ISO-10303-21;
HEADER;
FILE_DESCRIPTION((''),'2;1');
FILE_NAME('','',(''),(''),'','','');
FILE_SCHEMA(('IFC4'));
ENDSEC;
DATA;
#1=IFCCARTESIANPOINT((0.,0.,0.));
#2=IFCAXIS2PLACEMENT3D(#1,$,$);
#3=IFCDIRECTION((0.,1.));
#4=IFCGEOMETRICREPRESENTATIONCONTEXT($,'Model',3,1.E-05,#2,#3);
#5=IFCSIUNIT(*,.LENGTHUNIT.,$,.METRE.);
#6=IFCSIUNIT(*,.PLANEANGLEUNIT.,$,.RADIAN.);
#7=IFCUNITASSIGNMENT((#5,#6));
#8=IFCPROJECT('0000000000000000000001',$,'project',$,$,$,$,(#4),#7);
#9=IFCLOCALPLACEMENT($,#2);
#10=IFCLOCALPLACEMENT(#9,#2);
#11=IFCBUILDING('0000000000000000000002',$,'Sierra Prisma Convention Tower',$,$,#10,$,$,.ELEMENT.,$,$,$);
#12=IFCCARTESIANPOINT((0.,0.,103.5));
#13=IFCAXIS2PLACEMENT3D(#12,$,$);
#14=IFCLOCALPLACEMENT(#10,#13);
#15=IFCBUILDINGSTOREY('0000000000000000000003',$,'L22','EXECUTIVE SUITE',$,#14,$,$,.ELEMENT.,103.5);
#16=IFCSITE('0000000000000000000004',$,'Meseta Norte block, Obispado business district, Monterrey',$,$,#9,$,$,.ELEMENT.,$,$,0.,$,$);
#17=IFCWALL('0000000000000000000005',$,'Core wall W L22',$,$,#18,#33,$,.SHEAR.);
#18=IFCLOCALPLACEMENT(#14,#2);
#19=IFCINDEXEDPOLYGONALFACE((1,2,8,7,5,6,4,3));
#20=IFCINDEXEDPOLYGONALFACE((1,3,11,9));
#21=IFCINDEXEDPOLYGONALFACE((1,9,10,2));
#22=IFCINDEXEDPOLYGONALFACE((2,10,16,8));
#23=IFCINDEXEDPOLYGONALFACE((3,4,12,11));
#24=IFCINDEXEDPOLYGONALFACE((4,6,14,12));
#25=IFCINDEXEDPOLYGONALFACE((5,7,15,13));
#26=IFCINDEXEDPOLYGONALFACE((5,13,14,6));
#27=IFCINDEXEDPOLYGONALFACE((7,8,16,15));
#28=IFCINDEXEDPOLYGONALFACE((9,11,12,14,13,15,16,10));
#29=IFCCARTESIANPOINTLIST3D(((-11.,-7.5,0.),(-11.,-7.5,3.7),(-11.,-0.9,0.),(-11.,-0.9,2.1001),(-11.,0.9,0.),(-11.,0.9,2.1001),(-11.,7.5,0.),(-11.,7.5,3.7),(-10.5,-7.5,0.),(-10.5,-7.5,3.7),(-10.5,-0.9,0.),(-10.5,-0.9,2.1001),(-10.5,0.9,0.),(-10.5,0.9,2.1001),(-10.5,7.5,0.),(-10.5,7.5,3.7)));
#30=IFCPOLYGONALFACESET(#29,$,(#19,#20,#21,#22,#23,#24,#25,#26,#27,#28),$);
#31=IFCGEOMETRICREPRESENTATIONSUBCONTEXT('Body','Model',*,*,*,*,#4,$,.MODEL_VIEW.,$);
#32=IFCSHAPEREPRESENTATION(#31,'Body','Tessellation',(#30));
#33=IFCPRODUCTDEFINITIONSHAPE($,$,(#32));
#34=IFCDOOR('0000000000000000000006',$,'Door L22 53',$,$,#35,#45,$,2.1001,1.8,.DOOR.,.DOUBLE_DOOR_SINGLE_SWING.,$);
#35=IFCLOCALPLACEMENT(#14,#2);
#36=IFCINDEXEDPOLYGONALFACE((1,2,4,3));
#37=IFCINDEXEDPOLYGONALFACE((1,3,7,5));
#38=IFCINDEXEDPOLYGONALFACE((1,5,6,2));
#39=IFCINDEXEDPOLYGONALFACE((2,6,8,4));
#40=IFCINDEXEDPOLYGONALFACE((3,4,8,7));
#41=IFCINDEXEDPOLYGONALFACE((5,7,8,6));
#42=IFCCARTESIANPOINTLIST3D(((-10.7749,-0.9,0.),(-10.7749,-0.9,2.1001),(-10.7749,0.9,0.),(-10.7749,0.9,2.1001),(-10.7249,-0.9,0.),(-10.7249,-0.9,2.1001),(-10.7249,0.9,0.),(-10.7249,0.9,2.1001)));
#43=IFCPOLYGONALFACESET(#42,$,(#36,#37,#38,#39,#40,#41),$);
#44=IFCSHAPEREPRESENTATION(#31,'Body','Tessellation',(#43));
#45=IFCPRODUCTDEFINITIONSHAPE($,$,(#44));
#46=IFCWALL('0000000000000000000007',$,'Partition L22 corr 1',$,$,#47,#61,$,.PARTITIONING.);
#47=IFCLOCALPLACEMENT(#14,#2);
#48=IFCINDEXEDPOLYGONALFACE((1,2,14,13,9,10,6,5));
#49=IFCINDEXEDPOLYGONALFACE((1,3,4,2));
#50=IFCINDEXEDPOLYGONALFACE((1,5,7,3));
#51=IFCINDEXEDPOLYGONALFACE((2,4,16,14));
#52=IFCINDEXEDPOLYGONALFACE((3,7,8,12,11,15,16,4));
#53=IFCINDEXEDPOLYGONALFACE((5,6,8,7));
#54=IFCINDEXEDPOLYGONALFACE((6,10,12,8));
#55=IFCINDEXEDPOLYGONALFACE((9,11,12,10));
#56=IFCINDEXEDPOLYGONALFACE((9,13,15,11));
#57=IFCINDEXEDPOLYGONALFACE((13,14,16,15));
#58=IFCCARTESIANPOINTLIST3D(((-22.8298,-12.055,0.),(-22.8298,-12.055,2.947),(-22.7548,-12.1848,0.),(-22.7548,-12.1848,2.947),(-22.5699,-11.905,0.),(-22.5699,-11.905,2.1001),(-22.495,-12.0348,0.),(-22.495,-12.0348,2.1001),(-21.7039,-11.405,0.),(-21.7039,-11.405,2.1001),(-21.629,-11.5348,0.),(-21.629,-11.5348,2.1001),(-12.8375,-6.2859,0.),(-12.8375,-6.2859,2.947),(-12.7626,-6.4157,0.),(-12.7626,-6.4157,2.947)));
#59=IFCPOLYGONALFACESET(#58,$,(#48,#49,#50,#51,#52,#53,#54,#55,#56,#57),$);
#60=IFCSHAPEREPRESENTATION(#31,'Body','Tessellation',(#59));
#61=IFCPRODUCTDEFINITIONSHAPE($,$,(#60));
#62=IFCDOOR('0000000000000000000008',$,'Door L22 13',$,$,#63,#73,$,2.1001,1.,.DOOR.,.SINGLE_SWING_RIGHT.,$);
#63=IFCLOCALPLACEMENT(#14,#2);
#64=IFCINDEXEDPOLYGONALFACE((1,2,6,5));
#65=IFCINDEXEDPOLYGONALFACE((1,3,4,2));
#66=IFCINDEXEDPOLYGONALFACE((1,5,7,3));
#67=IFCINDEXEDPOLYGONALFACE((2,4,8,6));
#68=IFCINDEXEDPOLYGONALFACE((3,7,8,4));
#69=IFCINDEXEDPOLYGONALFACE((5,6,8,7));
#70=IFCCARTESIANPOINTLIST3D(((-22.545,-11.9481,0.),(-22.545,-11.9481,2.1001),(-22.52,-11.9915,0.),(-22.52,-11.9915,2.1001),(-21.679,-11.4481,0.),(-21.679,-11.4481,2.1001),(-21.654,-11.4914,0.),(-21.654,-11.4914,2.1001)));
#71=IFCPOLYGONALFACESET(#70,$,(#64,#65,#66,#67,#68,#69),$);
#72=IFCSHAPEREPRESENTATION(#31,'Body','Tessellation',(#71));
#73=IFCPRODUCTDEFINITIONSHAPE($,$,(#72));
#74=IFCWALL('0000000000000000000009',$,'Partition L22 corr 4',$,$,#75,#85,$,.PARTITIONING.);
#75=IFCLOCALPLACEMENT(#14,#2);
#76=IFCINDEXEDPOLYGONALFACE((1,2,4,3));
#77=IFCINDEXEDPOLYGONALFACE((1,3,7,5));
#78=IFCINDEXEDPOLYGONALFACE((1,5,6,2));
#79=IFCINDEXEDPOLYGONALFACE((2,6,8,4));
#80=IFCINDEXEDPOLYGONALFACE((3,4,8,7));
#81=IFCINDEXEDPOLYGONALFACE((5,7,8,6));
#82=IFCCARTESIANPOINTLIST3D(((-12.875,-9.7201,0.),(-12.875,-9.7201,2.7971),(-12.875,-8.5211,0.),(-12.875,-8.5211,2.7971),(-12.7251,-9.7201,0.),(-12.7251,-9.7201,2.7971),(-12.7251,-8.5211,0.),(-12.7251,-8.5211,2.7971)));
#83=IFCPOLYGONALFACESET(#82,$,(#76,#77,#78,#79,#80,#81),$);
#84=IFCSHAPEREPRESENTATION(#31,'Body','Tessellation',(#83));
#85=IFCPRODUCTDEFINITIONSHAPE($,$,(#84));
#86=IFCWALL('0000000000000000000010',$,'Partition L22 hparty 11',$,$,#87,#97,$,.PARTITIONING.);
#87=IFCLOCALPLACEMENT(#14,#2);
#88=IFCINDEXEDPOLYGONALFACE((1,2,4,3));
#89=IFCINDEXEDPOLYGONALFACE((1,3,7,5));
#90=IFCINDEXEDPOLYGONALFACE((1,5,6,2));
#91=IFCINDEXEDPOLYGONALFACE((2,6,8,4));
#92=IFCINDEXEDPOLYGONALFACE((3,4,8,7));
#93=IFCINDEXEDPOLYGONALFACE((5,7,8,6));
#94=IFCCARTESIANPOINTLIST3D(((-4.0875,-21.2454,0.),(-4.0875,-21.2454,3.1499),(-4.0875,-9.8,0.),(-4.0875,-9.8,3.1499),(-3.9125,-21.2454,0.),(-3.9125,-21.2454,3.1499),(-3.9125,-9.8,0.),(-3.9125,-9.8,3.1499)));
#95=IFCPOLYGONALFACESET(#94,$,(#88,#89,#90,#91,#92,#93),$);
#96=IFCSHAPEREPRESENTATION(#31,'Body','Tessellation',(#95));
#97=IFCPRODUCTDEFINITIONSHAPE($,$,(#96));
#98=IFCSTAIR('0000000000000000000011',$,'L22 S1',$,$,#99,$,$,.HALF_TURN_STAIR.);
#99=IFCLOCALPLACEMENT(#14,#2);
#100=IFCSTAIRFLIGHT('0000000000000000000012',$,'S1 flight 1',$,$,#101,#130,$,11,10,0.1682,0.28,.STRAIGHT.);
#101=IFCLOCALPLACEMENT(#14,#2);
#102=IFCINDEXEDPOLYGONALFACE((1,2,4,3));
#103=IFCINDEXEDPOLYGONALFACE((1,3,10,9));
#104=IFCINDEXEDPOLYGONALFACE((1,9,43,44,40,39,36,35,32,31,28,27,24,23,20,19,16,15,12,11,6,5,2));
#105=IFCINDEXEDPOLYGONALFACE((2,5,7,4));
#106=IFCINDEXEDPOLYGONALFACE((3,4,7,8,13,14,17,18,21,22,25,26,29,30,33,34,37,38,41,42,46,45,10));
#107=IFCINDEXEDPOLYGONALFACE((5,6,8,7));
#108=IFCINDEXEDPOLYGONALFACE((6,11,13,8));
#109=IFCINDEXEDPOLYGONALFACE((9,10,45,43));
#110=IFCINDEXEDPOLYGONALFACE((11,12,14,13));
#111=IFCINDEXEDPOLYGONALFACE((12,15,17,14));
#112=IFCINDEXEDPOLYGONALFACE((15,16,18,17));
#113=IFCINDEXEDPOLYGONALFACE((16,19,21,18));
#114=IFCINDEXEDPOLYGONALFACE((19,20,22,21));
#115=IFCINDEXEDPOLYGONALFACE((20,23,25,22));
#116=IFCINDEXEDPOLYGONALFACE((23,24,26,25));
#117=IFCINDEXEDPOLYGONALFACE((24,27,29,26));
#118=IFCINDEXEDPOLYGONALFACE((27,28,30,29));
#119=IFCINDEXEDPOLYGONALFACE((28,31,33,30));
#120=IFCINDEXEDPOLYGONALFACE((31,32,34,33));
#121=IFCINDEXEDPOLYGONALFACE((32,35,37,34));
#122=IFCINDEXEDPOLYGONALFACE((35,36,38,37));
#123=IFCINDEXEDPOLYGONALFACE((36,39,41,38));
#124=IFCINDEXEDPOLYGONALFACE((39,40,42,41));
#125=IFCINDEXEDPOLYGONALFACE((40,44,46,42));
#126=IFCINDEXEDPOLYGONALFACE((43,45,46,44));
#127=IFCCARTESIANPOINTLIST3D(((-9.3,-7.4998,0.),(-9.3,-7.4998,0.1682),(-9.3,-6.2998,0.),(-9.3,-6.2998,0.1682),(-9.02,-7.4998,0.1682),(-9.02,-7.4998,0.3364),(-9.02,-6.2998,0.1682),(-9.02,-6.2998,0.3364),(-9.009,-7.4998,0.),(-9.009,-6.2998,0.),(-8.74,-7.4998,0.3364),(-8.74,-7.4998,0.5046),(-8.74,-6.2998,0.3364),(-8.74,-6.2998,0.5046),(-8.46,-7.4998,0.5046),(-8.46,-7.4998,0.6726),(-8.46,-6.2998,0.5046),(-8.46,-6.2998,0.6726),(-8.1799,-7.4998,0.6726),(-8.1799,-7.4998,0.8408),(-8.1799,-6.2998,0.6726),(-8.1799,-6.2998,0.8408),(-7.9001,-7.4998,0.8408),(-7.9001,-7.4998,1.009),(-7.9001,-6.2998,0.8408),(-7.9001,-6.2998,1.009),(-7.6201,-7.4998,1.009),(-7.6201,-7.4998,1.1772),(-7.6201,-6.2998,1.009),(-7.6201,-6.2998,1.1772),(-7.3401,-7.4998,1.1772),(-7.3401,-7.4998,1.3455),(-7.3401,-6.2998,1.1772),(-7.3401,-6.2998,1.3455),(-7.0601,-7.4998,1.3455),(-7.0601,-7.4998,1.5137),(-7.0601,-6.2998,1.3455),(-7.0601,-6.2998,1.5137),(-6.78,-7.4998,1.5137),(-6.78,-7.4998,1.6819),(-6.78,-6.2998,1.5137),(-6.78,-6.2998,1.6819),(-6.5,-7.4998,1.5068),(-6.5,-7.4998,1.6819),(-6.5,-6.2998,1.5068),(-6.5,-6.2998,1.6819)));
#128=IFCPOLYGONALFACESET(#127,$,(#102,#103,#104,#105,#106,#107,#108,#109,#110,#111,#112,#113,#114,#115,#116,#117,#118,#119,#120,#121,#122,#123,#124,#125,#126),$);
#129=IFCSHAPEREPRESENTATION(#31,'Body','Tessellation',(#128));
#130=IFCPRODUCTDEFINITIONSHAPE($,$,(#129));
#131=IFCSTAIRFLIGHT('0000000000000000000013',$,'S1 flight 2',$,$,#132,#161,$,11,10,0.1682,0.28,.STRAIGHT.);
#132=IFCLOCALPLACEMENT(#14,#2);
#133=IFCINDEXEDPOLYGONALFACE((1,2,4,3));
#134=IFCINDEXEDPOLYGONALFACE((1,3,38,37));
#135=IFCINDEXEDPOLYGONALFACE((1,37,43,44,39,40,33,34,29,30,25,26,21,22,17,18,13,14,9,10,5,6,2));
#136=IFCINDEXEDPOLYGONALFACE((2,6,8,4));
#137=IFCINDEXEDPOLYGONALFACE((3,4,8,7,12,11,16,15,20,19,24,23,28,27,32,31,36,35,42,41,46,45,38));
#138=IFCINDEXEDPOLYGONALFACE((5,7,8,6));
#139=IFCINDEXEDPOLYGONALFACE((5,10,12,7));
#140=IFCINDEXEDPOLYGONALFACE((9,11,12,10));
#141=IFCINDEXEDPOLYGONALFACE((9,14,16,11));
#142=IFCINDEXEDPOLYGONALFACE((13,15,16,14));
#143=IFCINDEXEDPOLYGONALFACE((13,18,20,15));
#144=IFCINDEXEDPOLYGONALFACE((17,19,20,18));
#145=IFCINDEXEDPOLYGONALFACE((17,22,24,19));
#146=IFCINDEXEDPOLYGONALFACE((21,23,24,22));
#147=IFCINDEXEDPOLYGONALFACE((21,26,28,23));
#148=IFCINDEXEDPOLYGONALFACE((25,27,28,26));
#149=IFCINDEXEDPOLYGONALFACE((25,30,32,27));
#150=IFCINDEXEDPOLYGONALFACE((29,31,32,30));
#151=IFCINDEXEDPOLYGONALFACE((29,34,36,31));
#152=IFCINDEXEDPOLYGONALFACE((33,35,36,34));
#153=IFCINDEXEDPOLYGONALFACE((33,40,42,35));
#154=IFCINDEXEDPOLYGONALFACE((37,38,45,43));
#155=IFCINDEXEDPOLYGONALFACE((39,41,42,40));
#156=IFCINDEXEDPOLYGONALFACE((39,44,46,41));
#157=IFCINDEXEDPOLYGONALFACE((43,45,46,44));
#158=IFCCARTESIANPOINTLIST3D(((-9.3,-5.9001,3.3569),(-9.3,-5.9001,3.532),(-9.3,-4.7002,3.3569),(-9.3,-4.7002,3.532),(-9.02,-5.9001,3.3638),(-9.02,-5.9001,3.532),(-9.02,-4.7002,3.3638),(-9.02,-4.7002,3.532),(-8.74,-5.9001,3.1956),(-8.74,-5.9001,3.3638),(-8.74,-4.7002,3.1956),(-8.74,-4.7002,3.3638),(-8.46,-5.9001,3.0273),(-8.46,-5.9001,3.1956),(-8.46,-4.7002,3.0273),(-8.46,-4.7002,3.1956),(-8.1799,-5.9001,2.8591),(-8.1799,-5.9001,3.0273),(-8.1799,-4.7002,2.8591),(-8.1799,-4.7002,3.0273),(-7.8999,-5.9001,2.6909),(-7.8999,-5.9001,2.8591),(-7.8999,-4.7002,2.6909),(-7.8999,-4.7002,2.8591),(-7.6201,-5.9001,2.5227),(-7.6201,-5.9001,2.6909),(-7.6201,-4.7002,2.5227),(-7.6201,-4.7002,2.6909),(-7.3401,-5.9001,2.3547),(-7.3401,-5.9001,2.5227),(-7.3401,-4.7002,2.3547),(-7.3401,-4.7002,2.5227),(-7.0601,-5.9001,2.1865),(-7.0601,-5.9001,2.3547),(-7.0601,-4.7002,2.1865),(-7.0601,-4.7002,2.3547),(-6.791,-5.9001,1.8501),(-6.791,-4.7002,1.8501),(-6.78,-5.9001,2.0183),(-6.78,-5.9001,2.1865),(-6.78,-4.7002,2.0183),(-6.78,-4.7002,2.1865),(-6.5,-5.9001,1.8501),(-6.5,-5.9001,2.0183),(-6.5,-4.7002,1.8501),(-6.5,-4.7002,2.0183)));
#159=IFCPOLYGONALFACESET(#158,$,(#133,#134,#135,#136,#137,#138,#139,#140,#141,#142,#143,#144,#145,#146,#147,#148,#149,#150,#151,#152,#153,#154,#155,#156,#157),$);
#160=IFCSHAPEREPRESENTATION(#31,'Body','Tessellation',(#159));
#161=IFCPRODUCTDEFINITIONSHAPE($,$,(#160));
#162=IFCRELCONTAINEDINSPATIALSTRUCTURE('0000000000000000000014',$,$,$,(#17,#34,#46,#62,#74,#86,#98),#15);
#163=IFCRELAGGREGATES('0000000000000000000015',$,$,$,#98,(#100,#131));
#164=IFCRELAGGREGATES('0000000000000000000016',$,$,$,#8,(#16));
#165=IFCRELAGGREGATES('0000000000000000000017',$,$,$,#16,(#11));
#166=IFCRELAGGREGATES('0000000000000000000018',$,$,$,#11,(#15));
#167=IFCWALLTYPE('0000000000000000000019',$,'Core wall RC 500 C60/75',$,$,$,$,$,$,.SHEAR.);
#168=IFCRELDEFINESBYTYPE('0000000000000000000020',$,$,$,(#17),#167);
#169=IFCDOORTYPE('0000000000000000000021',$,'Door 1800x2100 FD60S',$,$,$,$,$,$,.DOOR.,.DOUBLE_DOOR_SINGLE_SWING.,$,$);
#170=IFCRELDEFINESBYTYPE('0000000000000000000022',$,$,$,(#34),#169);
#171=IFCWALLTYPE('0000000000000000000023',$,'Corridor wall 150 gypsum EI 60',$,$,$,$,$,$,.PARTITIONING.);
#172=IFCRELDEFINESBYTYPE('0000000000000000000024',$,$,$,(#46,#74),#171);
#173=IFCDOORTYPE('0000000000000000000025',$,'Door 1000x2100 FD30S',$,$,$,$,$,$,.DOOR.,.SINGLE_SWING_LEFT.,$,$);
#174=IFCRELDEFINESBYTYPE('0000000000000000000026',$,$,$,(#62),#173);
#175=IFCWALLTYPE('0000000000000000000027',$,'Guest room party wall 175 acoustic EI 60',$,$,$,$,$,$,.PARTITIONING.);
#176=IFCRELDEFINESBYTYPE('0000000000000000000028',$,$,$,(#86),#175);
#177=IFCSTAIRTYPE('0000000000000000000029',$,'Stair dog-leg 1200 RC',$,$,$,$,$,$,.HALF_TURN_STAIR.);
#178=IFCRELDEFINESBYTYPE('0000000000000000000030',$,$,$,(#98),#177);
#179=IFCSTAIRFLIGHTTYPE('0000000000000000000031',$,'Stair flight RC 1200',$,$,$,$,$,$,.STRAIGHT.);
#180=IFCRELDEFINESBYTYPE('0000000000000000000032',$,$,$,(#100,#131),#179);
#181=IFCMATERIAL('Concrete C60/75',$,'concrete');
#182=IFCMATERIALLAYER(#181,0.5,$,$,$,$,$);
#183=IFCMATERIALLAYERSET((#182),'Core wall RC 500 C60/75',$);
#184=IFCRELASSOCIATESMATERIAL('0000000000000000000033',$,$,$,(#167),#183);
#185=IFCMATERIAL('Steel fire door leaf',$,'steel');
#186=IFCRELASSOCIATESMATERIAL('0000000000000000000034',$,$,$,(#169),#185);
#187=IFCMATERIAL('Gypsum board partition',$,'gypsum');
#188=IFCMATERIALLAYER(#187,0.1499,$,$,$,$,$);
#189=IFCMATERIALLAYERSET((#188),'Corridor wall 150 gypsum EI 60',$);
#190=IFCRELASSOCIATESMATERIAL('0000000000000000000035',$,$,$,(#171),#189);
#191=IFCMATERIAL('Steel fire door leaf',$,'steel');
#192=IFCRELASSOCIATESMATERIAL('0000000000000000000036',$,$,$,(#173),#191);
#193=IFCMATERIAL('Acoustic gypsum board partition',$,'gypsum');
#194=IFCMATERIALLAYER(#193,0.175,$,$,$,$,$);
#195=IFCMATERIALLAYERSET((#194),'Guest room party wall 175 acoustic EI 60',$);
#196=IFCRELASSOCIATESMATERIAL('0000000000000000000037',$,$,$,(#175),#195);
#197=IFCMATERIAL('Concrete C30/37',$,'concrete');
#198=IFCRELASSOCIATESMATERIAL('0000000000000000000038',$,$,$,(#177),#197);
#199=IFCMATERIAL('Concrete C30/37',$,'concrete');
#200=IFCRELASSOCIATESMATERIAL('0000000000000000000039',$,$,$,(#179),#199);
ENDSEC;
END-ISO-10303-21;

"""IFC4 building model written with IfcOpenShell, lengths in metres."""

from ifc_helpers import new_model, si_unit, direction, frame, frame_2d, origin, place, context, subcontext, project, spatial, polyline, rectangle, outline, extrude, material, layer, layer_set, type_object, element, fill, aggregate, save


model = new_model("IFC4")

# Units and contexts
model_context = context("Model", 3, precision=1e-05, world=origin(), true_north=direction((0.0, 1.0)))
body_context = subcontext(model_context, "Body", "Model", "MODEL_VIEW")
ifc_project = project(units=[si_unit("LENGTHUNIT", "METRE"), si_unit("PLANEANGLEUNIT", "RADIAN")], contexts=[model_context])

# Site, building, storey
site_placement = place(None, origin())
site = spatial("IfcSite", under=ifc_project, at=site_placement, Name="Meseta Norte block, Obispado business district, Monterrey", CompositionType="ELEMENT", RefElevation=0.0)
building_placement = place(site_placement, origin())
building = spatial("IfcBuilding", under=site, at=building_placement, Name="Sierra Prisma Convention Tower", CompositionType="ELEMENT")
storey_placement = place(building_placement, frame((0.0, 0.0, 103.5)))
storey = spatial("IfcBuildingStorey", under=building, at=storey_placement, Name="L22", Description="EXECUTIVE SUITE", CompositionType="ELEMENT", Elevation=103.5)

# Walls, openings, doors
ifc_material_1 = material(Name="Concrete C60/75", Category="concrete")
ifc_layer_1 = layer(ifc_material_1, 0.5)
ifc_layer_set_1 = layer_set([ifc_layer_1], Name="Core wall RC 500 C60/75")
wall_type_1 = type_object("IfcWallType", Name="Core wall RC 500 C60/75", PredefinedType="SHEAR", material=ifc_layer_set_1)
wall_1_placement = place(storey_placement, frame((-10.75, -7.5, 0.0), z_axis=(0.0, 0.0, 1.0), x_axis=(0.0, 1.0, 0.0)))
wall_1 = element("IfcWall", 1, at=wall_1_placement, inside=storey, type_object=wall_type_1, Name="Core wall W L22", PredefinedType="SHEAR", context=body_context, shape_type="SweptSolid", body=[
    extrude(rectangle(XDim=15.0, YDim=0.5, at=frame_2d((7.5, 0.0))), origin(), (0.0, 0.0, 1.0), 3.7),
])
opening_1_placement = place(wall_1_placement, frame((6.6001, 0.0, 0.0)))
opening_1 = element("IfcOpeningElement", 2, at=opening_1_placement, cuts=wall_1, PredefinedType="OPENING", context=body_context, shape_type="SweptSolid", body=[
    extrude(rectangle(XDim=1.8, YDim=2.1001, at=frame_2d((0.8999, 1.05))), frame((0.0, 0.25, 0.0), z_axis=(0.0, -1.0, 0.0), x_axis=(1.0, 0.0, 0.0)), (0.0, 0.0, 1.0), 0.5),
])
ifc_material_2 = material(Name="Steel fire door leaf", Category="steel")
door_type_1 = type_object("IfcDoorType", Name="Door 1800x2100 FD60S", OperationType="DOUBLE_DOOR_SINGLE_SWING", PredefinedType="DOOR", material=ifc_material_2)
door_1_placement = place(opening_1_placement, origin())
door_1 = element("IfcDoor", 3, at=door_1_placement, inside=storey, type_object=door_type_1, Name="Door L22 53", OperationType="DOUBLE_DOOR_SINGLE_SWING", OverallHeight=2.1001, OverallWidth=1.8, PredefinedType="DOOR", context=body_context, shape_type="SweptSolid", body=[
    extrude(rectangle(XDim=1.8, YDim=2.1001, at=frame_2d((0.8999, 1.05))), frame((0.0, 0.0249, 0.0), z_axis=(0.0, -1.0, 0.0), x_axis=(1.0, 0.0, 0.0)), (0.0, 0.0, 1.0), 0.05),
])
fill(opening_1, door_1)
ifc_material_3 = material(Name="Gypsum board partition", Category="gypsum")
ifc_layer_2 = layer(ifc_material_3, 0.1499)
ifc_layer_set_2 = layer_set([ifc_layer_2], Name="Corridor wall 150 gypsum EI 60")
wall_type_2 = type_object("IfcWallType", Name="Corridor wall 150 gypsum EI 60", PredefinedType="PARTITIONING", material=ifc_layer_set_2)
wall_2_placement = place(storey_placement, frame((-12.8, -6.3508, 0.0), z_axis=(0.0, 0.0, 1.0), x_axis=(-0.866023, -0.500003, 0.0)))
wall_2 = element("IfcWall", 4, at=wall_2_placement, inside=storey, type_object=wall_type_2, Name="Partition L22 corr 1", PredefinedType="PARTITIONING", context=body_context, shape_type="SweptSolid", body=[
    extrude(rectangle(XDim=11.5381, YDim=0.1499, at=frame_2d((5.769, 0.0))), origin(), (0.0, 0.0, 1.0), 2.947),
])
opening_2_placement = place(wall_2_placement, frame((10.238, 0.0, 0.0)))
opening_2 = element("IfcOpeningElement", 5, at=opening_2_placement, cuts=wall_2, PredefinedType="OPENING", context=body_context, shape_type="SweptSolid", body=[
    extrude(rectangle(XDim=1.0, YDim=2.1001, at=frame_2d((0.5, 1.05))), frame((0.0, 0.075, 0.0), z_axis=(0.0, -1.0, 0.0), x_axis=(1.0, 0.0, 0.0)), (0.0, 0.0, 1.0), 0.1499),
])
ifc_material_4 = material(Name="Steel fire door leaf", Category="steel")
door_type_2 = type_object("IfcDoorType", Name="Door 1000x2100 FD30S", OperationType="SINGLE_SWING_LEFT", PredefinedType="DOOR", material=ifc_material_4)
door_2_placement = place(opening_2_placement, origin())
door_2 = element("IfcDoor", 6, at=door_2_placement, inside=storey, type_object=door_type_2, Name="Door L22 13", OperationType="SINGLE_SWING_RIGHT", OverallHeight=2.1001, OverallWidth=1.0, PredefinedType="DOOR", context=body_context, shape_type="SweptSolid", body=[
    extrude(rectangle(XDim=1.0, YDim=2.1001, at=frame_2d((0.5, 1.05))), frame((0.0, 0.0249, 0.0), z_axis=(0.0, -1.0, 0.0), x_axis=(1.0, 0.0, 0.0)), (0.0, 0.0, 1.0), 0.05),
])
fill(opening_2, door_2)

# Walls
wall_3_placement = place(storey_placement, frame((-12.8, -8.521, 0.0), z_axis=(0.0, 0.0, 1.0), x_axis=(0.0, -1.0, 0.0)))
element("IfcWall", 7, at=wall_3_placement, inside=storey, type_object=wall_type_2, Name="Partition L22 corr 4", PredefinedType="PARTITIONING", context=body_context, shape_type="SweptSolid", body=[
    extrude(rectangle(XDim=1.199, YDim=0.1499, at=frame_2d((0.5996, 0.0))), origin(), (0.0, 0.0, 1.0), 2.7971),
])
ifc_material_5 = material(Name="Acoustic gypsum board partition", Category="gypsum")
ifc_layer_3 = layer(ifc_material_5, 0.175)
ifc_layer_set_3 = layer_set([ifc_layer_3], Name="Guest room party wall 175 acoustic EI 60")
wall_type_3 = type_object("IfcWallType", Name="Guest room party wall 175 acoustic EI 60", PredefinedType="PARTITIONING", material=ifc_layer_set_3)
wall_4_placement = place(storey_placement, frame((-4.0, -9.8, 0.0), z_axis=(0.0, 0.0, 1.0), x_axis=(0.0, -1.0, 0.0)))
element("IfcWall", 8, at=wall_4_placement, inside=storey, type_object=wall_type_3, Name="Partition L22 hparty 11", PredefinedType="PARTITIONING", context=body_context, shape_type="SweptSolid", body=[
    extrude(rectangle(XDim=11.4453, YDim=0.175, at=frame_2d((5.7227, 0.0))), origin(), (0.0, 0.0, 1.0), 3.1499),
])

# Stair, stair flights
ifc_material_6 = material(Name="Concrete C30/37", Category="concrete")
stair_type = type_object("IfcStairType", Name="Stair dog-leg 1200 RC", PredefinedType="HALF_TURN_STAIR", material=ifc_material_6)
stair_placement = place(storey_placement, origin())
stair = element("IfcStair", 9, at=stair_placement, inside=storey, type_object=stair_type, Name="L22 S1", PredefinedType="HALF_TURN_STAIR")
ifc_material_7 = material(Name="Concrete C30/37", Category="concrete")
stair_flight_type = type_object("IfcStairFlightType", Name="Stair flight RC 1200", PredefinedType="STRAIGHT", material=ifc_material_7)
stair_flight_1_placement = place(storey_placement, frame((-9.3, -6.8999, 0.0), z_axis=(0.0, 0.0, 1.0), x_axis=(1.0, 0.0, 0.0)))
stair_flight_1 = element("IfcStairFlight", 10, at=stair_flight_1_placement, type_object=stair_flight_type, Name="S1 flight 1", NumberOfRisers=11, NumberOfTreads=10, PredefinedType="STRAIGHT", RiserHeight=0.1682, TreadLength=0.28, context=body_context, shape_type="SweptSolid", body=[
    extrude(outline(polyline([(0.0, 0.0), (0.0, 0.1682), (0.28, 0.1682), (0.28, 0.3364), (0.5601, 0.3364), (0.5601, 0.5046), (0.8401, 0.5046), (0.8401, 0.6726), (1.1201, 0.6726), (1.1201, 0.8408), (1.3999, 0.8408), (1.3999, 1.009), (1.6799, 1.009), (1.6799, 1.1772), (1.96, 1.1772), (1.96, 1.3455), (2.24, 1.3455), (2.24, 1.5137), (2.52, 1.5137), (2.52, 1.6819), (2.8, 1.6819), (2.8, 1.8501), (2.8, 1.5068), (0.291, 0.0), (0.0, 0.0)])), frame((0.0, 0.6001, 0.0), z_axis=(0.0, -1.0, 0.0), x_axis=(1.0, 0.0, 0.0)), (0.0, 0.0, 1.0), 1.2),
])
stair_flight_2_placement = place(storey_placement, frame((-6.5, -5.3, 1.8501), z_axis=(0.0, 0.0, 1.0), x_axis=(-1.0, 0.0, 0.0)))
stair_flight_2 = element("IfcStairFlight", 11, at=stair_flight_2_placement, type_object=stair_flight_type, Name="S1 flight 2", NumberOfRisers=11, NumberOfTreads=10, PredefinedType="STRAIGHT", RiserHeight=0.1682, TreadLength=0.28, context=body_context, shape_type="SweptSolid", body=[
    extrude(outline(polyline([(0.0, 0.0), (0.0, 0.1682), (0.28, 0.1682), (0.28, 0.3364), (0.5601, 0.3364), (0.5601, 0.5046), (0.8401, 0.5046), (0.8401, 0.6726), (1.1201, 0.6726), (1.1201, 0.8408), (1.3999, 0.8408), (1.3999, 1.009), (1.6799, 1.009), (1.6799, 1.1772), (1.96, 1.1772), (1.96, 1.3455), (2.24, 1.3455), (2.24, 1.5137), (2.52, 1.5137), (2.52, 1.6819), (2.8, 1.6819), (2.8, 1.8501), (2.8, 1.5068), (0.291, 0.0), (0.0, 0.0)])), frame((0.0, 0.6001, 0.0), z_axis=(0.0, -1.0, 0.0), x_axis=(1.0, 0.0, 0.0)), (0.0, 0.0, 1.0), 1.2),
])
aggregate(stair, [stair_flight_1, stair_flight_2])

save(model, "model.ifc")
